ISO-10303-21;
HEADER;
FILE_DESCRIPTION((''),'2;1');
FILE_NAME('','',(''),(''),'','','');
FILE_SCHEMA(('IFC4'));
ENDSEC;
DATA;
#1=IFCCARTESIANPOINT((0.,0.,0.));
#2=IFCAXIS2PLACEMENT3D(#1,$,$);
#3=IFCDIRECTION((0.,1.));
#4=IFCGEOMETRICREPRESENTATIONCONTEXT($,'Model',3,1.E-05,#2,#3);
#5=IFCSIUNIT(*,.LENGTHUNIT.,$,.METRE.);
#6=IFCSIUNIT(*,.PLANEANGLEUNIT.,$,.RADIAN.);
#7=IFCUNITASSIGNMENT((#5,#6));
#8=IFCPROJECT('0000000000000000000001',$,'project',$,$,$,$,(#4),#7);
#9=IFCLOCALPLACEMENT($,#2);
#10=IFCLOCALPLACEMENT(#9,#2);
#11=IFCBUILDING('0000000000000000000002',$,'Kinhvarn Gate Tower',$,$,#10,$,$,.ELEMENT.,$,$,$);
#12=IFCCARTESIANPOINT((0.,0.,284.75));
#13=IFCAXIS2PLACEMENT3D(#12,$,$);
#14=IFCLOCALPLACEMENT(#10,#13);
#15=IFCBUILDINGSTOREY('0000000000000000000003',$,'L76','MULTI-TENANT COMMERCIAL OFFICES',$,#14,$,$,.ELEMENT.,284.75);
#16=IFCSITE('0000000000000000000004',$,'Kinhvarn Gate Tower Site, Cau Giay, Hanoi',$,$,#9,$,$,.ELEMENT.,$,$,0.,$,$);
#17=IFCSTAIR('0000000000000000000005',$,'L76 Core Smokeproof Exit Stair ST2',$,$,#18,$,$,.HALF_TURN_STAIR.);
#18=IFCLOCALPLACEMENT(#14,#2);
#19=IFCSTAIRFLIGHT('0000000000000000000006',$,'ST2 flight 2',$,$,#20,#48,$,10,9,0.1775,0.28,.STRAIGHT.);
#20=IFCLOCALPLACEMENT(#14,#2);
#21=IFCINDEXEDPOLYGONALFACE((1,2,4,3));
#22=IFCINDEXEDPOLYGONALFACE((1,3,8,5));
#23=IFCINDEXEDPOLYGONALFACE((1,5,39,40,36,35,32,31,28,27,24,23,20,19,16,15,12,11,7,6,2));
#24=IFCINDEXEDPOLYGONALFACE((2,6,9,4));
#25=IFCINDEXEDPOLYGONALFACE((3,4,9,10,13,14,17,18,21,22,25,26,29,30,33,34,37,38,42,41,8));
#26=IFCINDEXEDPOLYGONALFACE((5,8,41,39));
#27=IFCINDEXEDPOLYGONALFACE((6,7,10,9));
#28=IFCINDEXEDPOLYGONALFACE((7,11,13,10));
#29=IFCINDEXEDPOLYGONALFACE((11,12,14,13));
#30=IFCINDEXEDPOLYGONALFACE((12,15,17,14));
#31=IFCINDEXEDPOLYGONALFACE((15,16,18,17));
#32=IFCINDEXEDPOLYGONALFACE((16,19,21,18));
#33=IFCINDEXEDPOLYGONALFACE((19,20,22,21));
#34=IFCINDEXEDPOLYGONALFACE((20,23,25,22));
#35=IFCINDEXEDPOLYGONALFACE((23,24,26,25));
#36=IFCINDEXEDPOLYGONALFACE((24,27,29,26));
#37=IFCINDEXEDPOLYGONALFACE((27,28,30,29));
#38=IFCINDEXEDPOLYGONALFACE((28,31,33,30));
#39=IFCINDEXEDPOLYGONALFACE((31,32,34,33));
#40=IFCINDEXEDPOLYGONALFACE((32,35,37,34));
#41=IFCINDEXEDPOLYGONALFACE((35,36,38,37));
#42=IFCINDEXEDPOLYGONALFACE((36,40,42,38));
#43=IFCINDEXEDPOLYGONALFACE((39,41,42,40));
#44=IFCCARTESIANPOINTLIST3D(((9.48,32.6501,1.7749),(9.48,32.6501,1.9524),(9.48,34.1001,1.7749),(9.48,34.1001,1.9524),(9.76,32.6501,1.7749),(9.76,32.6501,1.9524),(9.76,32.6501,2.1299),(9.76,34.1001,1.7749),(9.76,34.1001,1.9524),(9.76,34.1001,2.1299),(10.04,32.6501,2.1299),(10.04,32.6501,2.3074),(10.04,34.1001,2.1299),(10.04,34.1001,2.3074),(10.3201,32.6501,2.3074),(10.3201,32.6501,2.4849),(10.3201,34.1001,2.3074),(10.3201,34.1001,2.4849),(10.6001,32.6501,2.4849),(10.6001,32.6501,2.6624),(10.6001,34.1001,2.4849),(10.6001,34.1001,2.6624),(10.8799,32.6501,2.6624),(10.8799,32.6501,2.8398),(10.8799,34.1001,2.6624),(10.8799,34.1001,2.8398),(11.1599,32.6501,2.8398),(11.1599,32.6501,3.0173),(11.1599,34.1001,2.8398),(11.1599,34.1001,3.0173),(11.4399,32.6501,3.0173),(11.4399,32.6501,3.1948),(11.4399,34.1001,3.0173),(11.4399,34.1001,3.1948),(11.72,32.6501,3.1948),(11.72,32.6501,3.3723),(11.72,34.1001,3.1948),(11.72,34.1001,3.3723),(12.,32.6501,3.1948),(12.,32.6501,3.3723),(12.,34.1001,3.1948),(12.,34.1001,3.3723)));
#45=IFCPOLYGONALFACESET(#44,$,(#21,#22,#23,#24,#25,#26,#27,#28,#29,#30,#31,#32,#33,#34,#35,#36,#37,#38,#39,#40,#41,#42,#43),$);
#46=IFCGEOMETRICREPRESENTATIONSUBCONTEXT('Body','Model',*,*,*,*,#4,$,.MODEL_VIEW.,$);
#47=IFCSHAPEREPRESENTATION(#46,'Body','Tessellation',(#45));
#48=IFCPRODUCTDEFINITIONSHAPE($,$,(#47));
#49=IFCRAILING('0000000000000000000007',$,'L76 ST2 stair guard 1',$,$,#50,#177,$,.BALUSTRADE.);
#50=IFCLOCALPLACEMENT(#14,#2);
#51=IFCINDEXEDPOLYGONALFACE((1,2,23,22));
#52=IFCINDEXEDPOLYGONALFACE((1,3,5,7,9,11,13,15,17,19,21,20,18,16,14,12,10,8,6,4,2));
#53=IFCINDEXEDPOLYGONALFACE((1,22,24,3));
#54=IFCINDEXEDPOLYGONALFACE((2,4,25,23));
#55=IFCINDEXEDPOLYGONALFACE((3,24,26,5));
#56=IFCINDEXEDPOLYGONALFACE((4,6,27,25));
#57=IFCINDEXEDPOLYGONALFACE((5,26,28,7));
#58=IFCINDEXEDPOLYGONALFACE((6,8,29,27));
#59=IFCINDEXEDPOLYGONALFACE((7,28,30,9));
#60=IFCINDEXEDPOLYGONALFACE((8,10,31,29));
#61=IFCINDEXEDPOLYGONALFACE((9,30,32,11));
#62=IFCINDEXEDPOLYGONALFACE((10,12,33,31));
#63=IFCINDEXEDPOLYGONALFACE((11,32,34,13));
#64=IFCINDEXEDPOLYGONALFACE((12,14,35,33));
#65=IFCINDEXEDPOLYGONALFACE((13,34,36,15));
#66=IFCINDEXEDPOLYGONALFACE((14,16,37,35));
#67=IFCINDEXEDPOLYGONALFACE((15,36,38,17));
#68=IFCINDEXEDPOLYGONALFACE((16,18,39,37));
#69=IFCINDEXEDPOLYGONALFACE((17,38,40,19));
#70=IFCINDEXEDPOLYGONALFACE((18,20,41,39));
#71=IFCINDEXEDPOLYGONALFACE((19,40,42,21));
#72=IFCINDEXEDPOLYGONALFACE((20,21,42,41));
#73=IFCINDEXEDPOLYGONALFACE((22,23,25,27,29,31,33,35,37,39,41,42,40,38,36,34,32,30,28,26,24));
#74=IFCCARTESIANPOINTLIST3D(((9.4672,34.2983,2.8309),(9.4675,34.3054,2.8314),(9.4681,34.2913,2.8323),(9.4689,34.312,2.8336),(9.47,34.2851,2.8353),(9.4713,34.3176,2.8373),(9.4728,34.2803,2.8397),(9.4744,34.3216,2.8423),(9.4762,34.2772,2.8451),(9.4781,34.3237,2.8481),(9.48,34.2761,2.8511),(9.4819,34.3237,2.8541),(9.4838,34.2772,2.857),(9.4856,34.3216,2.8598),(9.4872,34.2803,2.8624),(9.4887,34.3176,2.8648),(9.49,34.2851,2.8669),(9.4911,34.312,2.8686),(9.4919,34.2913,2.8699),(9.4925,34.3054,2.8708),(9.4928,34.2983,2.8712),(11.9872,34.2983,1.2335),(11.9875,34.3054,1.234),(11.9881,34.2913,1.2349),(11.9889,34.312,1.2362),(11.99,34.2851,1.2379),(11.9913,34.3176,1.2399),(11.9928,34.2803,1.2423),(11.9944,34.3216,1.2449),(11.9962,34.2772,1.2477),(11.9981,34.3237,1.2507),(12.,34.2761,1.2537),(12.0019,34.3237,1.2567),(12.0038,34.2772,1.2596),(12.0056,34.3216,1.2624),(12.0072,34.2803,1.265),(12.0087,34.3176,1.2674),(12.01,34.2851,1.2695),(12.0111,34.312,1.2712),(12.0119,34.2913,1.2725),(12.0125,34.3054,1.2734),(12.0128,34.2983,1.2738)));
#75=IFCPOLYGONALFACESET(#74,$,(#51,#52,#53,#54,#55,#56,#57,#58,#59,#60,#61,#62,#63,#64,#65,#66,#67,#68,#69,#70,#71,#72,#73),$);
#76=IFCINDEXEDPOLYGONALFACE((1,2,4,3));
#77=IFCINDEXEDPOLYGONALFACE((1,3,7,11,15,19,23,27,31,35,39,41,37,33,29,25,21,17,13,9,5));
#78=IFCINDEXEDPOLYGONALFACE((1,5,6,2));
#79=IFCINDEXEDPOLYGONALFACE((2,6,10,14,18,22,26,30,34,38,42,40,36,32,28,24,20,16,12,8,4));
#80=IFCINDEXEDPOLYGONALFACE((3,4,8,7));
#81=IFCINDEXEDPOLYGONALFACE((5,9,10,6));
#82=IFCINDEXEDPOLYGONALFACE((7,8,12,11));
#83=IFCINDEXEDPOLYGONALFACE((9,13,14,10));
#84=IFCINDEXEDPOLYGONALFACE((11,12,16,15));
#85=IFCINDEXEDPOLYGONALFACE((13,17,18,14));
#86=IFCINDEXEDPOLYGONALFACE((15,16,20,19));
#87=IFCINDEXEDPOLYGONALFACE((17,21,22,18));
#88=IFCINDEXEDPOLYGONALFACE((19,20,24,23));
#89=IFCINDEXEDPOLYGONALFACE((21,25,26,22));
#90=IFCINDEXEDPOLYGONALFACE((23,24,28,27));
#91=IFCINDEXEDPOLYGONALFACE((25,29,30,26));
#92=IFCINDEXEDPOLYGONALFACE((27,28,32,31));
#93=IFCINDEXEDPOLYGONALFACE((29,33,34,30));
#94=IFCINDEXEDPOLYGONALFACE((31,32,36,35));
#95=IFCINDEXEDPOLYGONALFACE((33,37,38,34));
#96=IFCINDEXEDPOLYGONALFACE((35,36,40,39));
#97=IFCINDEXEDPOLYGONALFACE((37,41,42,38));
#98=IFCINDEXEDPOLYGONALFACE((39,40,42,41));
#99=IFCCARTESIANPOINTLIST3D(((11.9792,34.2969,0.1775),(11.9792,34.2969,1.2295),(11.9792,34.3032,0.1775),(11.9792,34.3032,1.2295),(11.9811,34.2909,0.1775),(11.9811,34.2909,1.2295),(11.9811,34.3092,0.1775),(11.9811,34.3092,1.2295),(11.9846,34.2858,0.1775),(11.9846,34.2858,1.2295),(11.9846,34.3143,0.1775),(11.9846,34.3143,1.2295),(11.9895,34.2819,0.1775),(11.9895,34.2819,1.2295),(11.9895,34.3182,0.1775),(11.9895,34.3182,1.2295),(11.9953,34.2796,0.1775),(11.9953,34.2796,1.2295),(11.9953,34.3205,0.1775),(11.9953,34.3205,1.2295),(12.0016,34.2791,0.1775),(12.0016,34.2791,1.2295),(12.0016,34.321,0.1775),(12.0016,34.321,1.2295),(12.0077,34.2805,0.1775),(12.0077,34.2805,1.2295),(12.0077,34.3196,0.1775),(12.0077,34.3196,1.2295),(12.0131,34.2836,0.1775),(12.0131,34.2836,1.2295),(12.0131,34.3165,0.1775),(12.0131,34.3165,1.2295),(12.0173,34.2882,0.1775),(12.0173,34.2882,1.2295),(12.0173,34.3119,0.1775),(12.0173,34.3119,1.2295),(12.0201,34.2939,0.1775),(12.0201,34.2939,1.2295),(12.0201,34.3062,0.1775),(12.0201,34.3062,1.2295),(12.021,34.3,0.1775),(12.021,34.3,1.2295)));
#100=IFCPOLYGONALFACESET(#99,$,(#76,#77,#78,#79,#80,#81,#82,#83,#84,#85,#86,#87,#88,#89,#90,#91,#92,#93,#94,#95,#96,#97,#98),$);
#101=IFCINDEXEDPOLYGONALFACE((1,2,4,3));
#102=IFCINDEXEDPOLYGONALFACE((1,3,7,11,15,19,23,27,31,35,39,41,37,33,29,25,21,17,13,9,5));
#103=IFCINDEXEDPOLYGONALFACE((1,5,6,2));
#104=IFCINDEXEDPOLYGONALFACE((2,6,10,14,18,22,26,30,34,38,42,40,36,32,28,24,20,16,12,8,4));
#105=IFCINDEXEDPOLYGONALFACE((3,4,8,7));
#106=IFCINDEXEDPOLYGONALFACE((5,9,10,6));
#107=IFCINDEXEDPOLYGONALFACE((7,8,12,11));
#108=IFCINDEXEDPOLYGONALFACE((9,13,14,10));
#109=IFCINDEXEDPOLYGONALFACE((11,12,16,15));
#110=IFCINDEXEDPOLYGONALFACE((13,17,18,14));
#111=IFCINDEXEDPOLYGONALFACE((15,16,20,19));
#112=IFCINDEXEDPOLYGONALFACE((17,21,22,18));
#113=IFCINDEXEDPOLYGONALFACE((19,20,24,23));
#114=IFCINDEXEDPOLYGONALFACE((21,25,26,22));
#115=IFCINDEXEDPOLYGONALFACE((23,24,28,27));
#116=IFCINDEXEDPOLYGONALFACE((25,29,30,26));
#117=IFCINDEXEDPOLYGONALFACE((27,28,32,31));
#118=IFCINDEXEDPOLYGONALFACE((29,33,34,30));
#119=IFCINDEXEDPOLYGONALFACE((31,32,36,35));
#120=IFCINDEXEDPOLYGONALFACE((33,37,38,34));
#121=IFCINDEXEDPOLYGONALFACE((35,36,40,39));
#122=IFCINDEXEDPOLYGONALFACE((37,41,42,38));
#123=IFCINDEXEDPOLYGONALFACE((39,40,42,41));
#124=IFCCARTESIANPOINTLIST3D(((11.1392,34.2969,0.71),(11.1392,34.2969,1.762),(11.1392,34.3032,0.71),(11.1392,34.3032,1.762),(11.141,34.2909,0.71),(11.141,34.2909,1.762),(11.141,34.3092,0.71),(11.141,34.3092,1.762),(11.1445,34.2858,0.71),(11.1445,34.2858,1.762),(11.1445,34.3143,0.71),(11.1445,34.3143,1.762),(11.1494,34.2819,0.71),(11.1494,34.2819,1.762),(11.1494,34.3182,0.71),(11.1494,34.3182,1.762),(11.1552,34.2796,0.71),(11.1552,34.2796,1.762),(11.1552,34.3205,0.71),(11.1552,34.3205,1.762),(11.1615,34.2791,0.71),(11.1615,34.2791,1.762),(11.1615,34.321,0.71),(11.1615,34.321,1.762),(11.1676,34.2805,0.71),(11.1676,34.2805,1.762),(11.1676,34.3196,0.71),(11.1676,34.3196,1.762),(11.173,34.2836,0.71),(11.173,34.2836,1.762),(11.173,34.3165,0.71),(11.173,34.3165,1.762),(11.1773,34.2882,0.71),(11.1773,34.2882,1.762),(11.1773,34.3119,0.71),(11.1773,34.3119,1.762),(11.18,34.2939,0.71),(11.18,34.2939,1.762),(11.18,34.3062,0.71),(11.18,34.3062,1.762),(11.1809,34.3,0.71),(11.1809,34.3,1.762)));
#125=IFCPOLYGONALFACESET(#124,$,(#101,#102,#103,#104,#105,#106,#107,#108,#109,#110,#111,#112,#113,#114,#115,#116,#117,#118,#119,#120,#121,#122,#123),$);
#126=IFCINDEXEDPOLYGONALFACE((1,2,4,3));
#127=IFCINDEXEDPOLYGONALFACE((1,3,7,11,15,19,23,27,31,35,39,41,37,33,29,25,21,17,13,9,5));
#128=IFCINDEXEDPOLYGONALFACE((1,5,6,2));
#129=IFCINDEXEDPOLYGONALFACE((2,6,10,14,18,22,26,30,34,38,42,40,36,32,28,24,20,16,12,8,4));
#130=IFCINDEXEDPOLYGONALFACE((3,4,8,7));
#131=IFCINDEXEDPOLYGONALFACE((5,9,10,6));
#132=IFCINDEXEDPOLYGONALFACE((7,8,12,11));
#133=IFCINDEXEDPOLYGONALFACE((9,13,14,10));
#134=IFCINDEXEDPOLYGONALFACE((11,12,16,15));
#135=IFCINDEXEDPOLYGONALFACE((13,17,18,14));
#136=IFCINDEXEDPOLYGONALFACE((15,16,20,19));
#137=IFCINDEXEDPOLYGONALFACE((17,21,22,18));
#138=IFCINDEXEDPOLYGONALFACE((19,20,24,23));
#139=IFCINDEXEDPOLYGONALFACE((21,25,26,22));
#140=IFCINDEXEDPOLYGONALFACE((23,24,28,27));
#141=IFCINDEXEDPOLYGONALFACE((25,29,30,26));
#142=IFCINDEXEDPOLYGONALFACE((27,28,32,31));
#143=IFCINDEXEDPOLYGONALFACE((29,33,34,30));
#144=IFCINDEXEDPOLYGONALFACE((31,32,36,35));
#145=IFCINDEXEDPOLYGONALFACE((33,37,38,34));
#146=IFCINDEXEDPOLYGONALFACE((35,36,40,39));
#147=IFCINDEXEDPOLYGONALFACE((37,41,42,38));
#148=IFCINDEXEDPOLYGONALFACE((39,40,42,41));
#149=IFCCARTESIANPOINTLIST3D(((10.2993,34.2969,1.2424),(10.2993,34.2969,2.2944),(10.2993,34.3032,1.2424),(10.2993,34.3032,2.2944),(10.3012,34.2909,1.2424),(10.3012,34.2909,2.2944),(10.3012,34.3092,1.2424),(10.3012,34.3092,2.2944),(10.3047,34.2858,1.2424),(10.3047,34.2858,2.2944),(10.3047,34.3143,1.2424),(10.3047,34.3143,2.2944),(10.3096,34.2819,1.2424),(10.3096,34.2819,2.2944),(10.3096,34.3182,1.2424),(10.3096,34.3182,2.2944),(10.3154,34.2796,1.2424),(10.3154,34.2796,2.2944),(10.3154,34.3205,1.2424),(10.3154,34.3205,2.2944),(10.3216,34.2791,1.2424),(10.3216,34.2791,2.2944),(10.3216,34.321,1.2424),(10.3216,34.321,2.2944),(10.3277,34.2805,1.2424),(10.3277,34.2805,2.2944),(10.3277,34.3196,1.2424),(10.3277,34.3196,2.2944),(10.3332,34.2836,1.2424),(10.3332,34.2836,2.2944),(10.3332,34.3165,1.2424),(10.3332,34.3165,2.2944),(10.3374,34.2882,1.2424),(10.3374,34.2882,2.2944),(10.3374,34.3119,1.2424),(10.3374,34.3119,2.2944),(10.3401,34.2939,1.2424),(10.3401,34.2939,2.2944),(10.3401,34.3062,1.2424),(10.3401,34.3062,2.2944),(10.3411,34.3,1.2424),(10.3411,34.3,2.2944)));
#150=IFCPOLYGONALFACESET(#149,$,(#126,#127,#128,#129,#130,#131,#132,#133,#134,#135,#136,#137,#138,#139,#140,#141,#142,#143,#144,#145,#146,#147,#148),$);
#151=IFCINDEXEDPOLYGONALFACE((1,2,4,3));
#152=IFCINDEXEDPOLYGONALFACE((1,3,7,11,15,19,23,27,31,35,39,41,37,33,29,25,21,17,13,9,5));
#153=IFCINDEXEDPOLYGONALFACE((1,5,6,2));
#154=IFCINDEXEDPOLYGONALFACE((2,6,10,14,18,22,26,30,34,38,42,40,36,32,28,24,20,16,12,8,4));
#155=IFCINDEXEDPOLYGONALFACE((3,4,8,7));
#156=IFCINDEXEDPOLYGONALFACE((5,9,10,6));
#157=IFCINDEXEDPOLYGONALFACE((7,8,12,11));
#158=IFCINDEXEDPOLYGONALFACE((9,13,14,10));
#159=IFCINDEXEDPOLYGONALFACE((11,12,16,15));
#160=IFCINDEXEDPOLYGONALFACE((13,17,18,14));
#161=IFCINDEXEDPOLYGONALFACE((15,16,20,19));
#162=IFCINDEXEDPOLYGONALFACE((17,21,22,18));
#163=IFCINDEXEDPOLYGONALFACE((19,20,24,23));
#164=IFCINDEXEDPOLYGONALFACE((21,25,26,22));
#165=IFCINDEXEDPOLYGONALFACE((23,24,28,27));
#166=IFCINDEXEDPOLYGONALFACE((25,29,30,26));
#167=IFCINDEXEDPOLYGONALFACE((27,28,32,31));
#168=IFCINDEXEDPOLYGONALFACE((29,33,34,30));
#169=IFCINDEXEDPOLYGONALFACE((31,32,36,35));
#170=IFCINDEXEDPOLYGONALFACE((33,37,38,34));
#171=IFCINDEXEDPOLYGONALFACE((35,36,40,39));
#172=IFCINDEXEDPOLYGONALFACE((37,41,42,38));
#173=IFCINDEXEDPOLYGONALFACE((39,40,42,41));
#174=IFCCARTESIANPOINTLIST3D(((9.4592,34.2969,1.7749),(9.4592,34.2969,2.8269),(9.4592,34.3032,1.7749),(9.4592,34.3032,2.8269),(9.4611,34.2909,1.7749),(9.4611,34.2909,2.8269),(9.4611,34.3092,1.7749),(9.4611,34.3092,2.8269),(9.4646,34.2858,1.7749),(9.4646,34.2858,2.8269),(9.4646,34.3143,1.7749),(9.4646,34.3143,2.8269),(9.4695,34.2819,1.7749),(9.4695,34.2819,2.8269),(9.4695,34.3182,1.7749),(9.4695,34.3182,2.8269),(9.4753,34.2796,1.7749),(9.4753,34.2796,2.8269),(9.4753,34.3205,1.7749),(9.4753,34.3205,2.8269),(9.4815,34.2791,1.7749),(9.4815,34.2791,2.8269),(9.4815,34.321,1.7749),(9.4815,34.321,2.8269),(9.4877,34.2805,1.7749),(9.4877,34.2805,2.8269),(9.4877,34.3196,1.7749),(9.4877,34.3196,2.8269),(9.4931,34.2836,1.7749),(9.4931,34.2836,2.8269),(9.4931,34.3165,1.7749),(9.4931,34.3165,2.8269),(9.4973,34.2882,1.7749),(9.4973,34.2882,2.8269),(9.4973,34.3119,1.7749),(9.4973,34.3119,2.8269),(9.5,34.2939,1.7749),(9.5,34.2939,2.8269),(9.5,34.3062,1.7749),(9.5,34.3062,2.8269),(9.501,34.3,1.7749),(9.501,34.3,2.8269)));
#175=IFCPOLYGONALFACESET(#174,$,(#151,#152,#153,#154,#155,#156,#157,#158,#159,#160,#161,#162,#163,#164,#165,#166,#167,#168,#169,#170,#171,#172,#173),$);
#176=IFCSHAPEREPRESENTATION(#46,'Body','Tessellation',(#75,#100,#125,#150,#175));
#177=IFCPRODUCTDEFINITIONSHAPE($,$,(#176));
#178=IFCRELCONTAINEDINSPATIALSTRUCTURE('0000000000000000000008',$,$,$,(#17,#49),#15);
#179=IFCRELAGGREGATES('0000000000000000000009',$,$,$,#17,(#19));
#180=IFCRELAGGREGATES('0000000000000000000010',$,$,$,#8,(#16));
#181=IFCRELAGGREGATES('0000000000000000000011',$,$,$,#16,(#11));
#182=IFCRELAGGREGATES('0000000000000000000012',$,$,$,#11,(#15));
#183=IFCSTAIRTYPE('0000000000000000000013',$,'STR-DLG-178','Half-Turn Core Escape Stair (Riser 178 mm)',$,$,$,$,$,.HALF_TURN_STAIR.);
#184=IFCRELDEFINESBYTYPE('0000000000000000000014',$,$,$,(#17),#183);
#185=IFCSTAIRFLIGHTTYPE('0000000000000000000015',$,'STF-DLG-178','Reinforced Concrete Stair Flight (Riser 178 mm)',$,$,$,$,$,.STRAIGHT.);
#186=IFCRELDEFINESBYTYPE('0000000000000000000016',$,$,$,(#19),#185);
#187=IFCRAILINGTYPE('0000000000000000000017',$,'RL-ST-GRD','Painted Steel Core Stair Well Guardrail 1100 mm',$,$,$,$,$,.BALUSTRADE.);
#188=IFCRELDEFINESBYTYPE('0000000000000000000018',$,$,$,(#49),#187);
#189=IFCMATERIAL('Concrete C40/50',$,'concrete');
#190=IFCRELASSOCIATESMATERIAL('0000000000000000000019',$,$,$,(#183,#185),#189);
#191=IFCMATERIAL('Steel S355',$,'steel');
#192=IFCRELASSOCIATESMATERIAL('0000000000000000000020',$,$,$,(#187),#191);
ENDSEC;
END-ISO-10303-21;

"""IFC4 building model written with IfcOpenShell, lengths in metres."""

from ifc_helpers import new_model, si_unit, direction, frame, origin, origin_2d, place, context, subcontext, project, spatial, polyline, circle, outline, extrude, material, type_object, element, aggregate, save


model = new_model("IFC4")

# Units and contexts
model_context = context("Model", 3, precision=1e-05, world=origin(), true_north=direction((0.0, 1.0)))
body_context = subcontext(model_context, "Body", "Model", "MODEL_VIEW")
ifc_project = project(units=[si_unit("LENGTHUNIT", "METRE"), si_unit("PLANEANGLEUNIT", "RADIAN")], contexts=[model_context])

# Site, building, storey
site_placement = place(None, origin())
site = spatial("IfcSite", under=ifc_project, at=site_placement, Name="Kinhvarn Gate Tower Site, Cau Giay, Hanoi", CompositionType="ELEMENT", RefElevation=0.0)
building_placement = place(site_placement, origin())
building = spatial("IfcBuilding", under=site, at=building_placement, Name="Kinhvarn Gate Tower", CompositionType="ELEMENT")
storey_placement = place(building_placement, frame((0.0, 0.0, 284.75)))
storey = spatial("IfcBuildingStorey", under=building, at=storey_placement, Name="L76", Description="MULTI-TENANT COMMERCIAL OFFICES", CompositionType="ELEMENT", Elevation=284.75)

# Shared definitions
ifc_material_1 = material(Name="Concrete C40/50", Category="concrete")

# Stair, stair flight
stair_type = type_object("IfcStairType", Name="STR-DLG-178", Description="Half-Turn Core Escape Stair (Riser 178 mm)", PredefinedType="HALF_TURN_STAIR", material=ifc_material_1)
stair_placement = place(storey_placement, origin())
stair = element("IfcStair", 1, at=stair_placement, inside=storey, type_object=stair_type, Name="L76 Core Smokeproof Exit Stair ST2", PredefinedType="HALF_TURN_STAIR")
stair_flight_type = type_object("IfcStairFlightType", Name="STF-DLG-178", Description="Reinforced Concrete Stair Flight (Riser 178 mm)", PredefinedType="STRAIGHT", material=ifc_material_1)
stair_flight_placement = place(storey_placement, frame((9.48, 33.375, 1.7749), z_axis=(0.0, 0.0, 1.0), x_axis=(1.0, 0.0, 0.0)))
stair_flight = element("IfcStairFlight", 2, at=stair_flight_placement, type_object=stair_flight_type, Name="ST2 flight 2", NumberOfRisers=10, NumberOfTreads=9, PredefinedType="STRAIGHT", RiserHeight=0.1775, TreadLength=0.28, context=body_context, shape_type="SweptSolid", body=[
    extrude(outline(polyline([(0.0, 0.0), (0.0, 0.1775), (0.28, 0.1775), (0.28, 0.355), (0.5601, 0.355), (0.5601, 0.5325), (0.8401, 0.5325), (0.8401, 0.71), (1.1201, 0.71), (1.1201, 0.8875), (1.3999, 0.8875), (1.3999, 1.0649), (1.6799, 1.0649), (1.6799, 1.2424), (1.96, 1.2424), (1.96, 1.4199), (2.24, 1.4199), (2.24, 1.5974), (2.52, 1.5974), (2.52, 1.7749), (2.52, 1.4199), (0.28, 0.0), (0.0, 0.0)])), frame((0.0, 0.7251, 0.0), z_axis=(0.0, -1.0, 0.0), x_axis=(1.0, 0.0, 0.0)), (0.0, 0.0, 1.0), 1.45),
])
aggregate(stair, [stair_flight])

# Railing
ifc_material_2 = material(Name="Steel S355", Category="steel")
railing_type_1 = type_object("IfcRailingType", Name="RL-ST-GRD", Description="Painted Steel Core Stair Well Guardrail 1100 mm", PredefinedType="BALUSTRADE", material=ifc_material_2)
railing_1_placement = place(storey_placement, frame((12.0, 34.3, 0.1775)))
element("IfcRailing", 3, at=railing_1_placement, inside=storey, type_object=railing_type_1, Name="L76 ST2 stair guard 1", PredefinedType="BALUSTRADE", context=body_context, shape_type="SweptSolid", body=[
    extrude(circle(Radius=0.0239, at=origin_2d()), frame((0.0, 0.0, 1.0762), z_axis=(-0.844607, 0.0, 0.535387), x_axis=(0.0, -1.0, 0.0)), (0.0, 0.0, 1.0), 2.9836),
    extrude(circle(Radius=0.021, at=origin_2d()), origin(), (0.0, 0.0, 1.0), 1.052),
    extrude(circle(Radius=0.021, at=origin_2d()), frame((-0.8401, 0.0, 0.5325)), (0.0, 0.0, 1.0), 1.052),
    extrude(circle(Radius=0.021, at=origin_2d()), frame((-1.6799, 0.0, 1.0649)), (0.0, 0.0, 1.0), 1.052),
    extrude(circle(Radius=0.021, at=origin_2d()), frame((-2.52, 0.0, 1.5974)), (0.0, 0.0, 1.0), 1.052),
])

save(model, "model.ifc")
